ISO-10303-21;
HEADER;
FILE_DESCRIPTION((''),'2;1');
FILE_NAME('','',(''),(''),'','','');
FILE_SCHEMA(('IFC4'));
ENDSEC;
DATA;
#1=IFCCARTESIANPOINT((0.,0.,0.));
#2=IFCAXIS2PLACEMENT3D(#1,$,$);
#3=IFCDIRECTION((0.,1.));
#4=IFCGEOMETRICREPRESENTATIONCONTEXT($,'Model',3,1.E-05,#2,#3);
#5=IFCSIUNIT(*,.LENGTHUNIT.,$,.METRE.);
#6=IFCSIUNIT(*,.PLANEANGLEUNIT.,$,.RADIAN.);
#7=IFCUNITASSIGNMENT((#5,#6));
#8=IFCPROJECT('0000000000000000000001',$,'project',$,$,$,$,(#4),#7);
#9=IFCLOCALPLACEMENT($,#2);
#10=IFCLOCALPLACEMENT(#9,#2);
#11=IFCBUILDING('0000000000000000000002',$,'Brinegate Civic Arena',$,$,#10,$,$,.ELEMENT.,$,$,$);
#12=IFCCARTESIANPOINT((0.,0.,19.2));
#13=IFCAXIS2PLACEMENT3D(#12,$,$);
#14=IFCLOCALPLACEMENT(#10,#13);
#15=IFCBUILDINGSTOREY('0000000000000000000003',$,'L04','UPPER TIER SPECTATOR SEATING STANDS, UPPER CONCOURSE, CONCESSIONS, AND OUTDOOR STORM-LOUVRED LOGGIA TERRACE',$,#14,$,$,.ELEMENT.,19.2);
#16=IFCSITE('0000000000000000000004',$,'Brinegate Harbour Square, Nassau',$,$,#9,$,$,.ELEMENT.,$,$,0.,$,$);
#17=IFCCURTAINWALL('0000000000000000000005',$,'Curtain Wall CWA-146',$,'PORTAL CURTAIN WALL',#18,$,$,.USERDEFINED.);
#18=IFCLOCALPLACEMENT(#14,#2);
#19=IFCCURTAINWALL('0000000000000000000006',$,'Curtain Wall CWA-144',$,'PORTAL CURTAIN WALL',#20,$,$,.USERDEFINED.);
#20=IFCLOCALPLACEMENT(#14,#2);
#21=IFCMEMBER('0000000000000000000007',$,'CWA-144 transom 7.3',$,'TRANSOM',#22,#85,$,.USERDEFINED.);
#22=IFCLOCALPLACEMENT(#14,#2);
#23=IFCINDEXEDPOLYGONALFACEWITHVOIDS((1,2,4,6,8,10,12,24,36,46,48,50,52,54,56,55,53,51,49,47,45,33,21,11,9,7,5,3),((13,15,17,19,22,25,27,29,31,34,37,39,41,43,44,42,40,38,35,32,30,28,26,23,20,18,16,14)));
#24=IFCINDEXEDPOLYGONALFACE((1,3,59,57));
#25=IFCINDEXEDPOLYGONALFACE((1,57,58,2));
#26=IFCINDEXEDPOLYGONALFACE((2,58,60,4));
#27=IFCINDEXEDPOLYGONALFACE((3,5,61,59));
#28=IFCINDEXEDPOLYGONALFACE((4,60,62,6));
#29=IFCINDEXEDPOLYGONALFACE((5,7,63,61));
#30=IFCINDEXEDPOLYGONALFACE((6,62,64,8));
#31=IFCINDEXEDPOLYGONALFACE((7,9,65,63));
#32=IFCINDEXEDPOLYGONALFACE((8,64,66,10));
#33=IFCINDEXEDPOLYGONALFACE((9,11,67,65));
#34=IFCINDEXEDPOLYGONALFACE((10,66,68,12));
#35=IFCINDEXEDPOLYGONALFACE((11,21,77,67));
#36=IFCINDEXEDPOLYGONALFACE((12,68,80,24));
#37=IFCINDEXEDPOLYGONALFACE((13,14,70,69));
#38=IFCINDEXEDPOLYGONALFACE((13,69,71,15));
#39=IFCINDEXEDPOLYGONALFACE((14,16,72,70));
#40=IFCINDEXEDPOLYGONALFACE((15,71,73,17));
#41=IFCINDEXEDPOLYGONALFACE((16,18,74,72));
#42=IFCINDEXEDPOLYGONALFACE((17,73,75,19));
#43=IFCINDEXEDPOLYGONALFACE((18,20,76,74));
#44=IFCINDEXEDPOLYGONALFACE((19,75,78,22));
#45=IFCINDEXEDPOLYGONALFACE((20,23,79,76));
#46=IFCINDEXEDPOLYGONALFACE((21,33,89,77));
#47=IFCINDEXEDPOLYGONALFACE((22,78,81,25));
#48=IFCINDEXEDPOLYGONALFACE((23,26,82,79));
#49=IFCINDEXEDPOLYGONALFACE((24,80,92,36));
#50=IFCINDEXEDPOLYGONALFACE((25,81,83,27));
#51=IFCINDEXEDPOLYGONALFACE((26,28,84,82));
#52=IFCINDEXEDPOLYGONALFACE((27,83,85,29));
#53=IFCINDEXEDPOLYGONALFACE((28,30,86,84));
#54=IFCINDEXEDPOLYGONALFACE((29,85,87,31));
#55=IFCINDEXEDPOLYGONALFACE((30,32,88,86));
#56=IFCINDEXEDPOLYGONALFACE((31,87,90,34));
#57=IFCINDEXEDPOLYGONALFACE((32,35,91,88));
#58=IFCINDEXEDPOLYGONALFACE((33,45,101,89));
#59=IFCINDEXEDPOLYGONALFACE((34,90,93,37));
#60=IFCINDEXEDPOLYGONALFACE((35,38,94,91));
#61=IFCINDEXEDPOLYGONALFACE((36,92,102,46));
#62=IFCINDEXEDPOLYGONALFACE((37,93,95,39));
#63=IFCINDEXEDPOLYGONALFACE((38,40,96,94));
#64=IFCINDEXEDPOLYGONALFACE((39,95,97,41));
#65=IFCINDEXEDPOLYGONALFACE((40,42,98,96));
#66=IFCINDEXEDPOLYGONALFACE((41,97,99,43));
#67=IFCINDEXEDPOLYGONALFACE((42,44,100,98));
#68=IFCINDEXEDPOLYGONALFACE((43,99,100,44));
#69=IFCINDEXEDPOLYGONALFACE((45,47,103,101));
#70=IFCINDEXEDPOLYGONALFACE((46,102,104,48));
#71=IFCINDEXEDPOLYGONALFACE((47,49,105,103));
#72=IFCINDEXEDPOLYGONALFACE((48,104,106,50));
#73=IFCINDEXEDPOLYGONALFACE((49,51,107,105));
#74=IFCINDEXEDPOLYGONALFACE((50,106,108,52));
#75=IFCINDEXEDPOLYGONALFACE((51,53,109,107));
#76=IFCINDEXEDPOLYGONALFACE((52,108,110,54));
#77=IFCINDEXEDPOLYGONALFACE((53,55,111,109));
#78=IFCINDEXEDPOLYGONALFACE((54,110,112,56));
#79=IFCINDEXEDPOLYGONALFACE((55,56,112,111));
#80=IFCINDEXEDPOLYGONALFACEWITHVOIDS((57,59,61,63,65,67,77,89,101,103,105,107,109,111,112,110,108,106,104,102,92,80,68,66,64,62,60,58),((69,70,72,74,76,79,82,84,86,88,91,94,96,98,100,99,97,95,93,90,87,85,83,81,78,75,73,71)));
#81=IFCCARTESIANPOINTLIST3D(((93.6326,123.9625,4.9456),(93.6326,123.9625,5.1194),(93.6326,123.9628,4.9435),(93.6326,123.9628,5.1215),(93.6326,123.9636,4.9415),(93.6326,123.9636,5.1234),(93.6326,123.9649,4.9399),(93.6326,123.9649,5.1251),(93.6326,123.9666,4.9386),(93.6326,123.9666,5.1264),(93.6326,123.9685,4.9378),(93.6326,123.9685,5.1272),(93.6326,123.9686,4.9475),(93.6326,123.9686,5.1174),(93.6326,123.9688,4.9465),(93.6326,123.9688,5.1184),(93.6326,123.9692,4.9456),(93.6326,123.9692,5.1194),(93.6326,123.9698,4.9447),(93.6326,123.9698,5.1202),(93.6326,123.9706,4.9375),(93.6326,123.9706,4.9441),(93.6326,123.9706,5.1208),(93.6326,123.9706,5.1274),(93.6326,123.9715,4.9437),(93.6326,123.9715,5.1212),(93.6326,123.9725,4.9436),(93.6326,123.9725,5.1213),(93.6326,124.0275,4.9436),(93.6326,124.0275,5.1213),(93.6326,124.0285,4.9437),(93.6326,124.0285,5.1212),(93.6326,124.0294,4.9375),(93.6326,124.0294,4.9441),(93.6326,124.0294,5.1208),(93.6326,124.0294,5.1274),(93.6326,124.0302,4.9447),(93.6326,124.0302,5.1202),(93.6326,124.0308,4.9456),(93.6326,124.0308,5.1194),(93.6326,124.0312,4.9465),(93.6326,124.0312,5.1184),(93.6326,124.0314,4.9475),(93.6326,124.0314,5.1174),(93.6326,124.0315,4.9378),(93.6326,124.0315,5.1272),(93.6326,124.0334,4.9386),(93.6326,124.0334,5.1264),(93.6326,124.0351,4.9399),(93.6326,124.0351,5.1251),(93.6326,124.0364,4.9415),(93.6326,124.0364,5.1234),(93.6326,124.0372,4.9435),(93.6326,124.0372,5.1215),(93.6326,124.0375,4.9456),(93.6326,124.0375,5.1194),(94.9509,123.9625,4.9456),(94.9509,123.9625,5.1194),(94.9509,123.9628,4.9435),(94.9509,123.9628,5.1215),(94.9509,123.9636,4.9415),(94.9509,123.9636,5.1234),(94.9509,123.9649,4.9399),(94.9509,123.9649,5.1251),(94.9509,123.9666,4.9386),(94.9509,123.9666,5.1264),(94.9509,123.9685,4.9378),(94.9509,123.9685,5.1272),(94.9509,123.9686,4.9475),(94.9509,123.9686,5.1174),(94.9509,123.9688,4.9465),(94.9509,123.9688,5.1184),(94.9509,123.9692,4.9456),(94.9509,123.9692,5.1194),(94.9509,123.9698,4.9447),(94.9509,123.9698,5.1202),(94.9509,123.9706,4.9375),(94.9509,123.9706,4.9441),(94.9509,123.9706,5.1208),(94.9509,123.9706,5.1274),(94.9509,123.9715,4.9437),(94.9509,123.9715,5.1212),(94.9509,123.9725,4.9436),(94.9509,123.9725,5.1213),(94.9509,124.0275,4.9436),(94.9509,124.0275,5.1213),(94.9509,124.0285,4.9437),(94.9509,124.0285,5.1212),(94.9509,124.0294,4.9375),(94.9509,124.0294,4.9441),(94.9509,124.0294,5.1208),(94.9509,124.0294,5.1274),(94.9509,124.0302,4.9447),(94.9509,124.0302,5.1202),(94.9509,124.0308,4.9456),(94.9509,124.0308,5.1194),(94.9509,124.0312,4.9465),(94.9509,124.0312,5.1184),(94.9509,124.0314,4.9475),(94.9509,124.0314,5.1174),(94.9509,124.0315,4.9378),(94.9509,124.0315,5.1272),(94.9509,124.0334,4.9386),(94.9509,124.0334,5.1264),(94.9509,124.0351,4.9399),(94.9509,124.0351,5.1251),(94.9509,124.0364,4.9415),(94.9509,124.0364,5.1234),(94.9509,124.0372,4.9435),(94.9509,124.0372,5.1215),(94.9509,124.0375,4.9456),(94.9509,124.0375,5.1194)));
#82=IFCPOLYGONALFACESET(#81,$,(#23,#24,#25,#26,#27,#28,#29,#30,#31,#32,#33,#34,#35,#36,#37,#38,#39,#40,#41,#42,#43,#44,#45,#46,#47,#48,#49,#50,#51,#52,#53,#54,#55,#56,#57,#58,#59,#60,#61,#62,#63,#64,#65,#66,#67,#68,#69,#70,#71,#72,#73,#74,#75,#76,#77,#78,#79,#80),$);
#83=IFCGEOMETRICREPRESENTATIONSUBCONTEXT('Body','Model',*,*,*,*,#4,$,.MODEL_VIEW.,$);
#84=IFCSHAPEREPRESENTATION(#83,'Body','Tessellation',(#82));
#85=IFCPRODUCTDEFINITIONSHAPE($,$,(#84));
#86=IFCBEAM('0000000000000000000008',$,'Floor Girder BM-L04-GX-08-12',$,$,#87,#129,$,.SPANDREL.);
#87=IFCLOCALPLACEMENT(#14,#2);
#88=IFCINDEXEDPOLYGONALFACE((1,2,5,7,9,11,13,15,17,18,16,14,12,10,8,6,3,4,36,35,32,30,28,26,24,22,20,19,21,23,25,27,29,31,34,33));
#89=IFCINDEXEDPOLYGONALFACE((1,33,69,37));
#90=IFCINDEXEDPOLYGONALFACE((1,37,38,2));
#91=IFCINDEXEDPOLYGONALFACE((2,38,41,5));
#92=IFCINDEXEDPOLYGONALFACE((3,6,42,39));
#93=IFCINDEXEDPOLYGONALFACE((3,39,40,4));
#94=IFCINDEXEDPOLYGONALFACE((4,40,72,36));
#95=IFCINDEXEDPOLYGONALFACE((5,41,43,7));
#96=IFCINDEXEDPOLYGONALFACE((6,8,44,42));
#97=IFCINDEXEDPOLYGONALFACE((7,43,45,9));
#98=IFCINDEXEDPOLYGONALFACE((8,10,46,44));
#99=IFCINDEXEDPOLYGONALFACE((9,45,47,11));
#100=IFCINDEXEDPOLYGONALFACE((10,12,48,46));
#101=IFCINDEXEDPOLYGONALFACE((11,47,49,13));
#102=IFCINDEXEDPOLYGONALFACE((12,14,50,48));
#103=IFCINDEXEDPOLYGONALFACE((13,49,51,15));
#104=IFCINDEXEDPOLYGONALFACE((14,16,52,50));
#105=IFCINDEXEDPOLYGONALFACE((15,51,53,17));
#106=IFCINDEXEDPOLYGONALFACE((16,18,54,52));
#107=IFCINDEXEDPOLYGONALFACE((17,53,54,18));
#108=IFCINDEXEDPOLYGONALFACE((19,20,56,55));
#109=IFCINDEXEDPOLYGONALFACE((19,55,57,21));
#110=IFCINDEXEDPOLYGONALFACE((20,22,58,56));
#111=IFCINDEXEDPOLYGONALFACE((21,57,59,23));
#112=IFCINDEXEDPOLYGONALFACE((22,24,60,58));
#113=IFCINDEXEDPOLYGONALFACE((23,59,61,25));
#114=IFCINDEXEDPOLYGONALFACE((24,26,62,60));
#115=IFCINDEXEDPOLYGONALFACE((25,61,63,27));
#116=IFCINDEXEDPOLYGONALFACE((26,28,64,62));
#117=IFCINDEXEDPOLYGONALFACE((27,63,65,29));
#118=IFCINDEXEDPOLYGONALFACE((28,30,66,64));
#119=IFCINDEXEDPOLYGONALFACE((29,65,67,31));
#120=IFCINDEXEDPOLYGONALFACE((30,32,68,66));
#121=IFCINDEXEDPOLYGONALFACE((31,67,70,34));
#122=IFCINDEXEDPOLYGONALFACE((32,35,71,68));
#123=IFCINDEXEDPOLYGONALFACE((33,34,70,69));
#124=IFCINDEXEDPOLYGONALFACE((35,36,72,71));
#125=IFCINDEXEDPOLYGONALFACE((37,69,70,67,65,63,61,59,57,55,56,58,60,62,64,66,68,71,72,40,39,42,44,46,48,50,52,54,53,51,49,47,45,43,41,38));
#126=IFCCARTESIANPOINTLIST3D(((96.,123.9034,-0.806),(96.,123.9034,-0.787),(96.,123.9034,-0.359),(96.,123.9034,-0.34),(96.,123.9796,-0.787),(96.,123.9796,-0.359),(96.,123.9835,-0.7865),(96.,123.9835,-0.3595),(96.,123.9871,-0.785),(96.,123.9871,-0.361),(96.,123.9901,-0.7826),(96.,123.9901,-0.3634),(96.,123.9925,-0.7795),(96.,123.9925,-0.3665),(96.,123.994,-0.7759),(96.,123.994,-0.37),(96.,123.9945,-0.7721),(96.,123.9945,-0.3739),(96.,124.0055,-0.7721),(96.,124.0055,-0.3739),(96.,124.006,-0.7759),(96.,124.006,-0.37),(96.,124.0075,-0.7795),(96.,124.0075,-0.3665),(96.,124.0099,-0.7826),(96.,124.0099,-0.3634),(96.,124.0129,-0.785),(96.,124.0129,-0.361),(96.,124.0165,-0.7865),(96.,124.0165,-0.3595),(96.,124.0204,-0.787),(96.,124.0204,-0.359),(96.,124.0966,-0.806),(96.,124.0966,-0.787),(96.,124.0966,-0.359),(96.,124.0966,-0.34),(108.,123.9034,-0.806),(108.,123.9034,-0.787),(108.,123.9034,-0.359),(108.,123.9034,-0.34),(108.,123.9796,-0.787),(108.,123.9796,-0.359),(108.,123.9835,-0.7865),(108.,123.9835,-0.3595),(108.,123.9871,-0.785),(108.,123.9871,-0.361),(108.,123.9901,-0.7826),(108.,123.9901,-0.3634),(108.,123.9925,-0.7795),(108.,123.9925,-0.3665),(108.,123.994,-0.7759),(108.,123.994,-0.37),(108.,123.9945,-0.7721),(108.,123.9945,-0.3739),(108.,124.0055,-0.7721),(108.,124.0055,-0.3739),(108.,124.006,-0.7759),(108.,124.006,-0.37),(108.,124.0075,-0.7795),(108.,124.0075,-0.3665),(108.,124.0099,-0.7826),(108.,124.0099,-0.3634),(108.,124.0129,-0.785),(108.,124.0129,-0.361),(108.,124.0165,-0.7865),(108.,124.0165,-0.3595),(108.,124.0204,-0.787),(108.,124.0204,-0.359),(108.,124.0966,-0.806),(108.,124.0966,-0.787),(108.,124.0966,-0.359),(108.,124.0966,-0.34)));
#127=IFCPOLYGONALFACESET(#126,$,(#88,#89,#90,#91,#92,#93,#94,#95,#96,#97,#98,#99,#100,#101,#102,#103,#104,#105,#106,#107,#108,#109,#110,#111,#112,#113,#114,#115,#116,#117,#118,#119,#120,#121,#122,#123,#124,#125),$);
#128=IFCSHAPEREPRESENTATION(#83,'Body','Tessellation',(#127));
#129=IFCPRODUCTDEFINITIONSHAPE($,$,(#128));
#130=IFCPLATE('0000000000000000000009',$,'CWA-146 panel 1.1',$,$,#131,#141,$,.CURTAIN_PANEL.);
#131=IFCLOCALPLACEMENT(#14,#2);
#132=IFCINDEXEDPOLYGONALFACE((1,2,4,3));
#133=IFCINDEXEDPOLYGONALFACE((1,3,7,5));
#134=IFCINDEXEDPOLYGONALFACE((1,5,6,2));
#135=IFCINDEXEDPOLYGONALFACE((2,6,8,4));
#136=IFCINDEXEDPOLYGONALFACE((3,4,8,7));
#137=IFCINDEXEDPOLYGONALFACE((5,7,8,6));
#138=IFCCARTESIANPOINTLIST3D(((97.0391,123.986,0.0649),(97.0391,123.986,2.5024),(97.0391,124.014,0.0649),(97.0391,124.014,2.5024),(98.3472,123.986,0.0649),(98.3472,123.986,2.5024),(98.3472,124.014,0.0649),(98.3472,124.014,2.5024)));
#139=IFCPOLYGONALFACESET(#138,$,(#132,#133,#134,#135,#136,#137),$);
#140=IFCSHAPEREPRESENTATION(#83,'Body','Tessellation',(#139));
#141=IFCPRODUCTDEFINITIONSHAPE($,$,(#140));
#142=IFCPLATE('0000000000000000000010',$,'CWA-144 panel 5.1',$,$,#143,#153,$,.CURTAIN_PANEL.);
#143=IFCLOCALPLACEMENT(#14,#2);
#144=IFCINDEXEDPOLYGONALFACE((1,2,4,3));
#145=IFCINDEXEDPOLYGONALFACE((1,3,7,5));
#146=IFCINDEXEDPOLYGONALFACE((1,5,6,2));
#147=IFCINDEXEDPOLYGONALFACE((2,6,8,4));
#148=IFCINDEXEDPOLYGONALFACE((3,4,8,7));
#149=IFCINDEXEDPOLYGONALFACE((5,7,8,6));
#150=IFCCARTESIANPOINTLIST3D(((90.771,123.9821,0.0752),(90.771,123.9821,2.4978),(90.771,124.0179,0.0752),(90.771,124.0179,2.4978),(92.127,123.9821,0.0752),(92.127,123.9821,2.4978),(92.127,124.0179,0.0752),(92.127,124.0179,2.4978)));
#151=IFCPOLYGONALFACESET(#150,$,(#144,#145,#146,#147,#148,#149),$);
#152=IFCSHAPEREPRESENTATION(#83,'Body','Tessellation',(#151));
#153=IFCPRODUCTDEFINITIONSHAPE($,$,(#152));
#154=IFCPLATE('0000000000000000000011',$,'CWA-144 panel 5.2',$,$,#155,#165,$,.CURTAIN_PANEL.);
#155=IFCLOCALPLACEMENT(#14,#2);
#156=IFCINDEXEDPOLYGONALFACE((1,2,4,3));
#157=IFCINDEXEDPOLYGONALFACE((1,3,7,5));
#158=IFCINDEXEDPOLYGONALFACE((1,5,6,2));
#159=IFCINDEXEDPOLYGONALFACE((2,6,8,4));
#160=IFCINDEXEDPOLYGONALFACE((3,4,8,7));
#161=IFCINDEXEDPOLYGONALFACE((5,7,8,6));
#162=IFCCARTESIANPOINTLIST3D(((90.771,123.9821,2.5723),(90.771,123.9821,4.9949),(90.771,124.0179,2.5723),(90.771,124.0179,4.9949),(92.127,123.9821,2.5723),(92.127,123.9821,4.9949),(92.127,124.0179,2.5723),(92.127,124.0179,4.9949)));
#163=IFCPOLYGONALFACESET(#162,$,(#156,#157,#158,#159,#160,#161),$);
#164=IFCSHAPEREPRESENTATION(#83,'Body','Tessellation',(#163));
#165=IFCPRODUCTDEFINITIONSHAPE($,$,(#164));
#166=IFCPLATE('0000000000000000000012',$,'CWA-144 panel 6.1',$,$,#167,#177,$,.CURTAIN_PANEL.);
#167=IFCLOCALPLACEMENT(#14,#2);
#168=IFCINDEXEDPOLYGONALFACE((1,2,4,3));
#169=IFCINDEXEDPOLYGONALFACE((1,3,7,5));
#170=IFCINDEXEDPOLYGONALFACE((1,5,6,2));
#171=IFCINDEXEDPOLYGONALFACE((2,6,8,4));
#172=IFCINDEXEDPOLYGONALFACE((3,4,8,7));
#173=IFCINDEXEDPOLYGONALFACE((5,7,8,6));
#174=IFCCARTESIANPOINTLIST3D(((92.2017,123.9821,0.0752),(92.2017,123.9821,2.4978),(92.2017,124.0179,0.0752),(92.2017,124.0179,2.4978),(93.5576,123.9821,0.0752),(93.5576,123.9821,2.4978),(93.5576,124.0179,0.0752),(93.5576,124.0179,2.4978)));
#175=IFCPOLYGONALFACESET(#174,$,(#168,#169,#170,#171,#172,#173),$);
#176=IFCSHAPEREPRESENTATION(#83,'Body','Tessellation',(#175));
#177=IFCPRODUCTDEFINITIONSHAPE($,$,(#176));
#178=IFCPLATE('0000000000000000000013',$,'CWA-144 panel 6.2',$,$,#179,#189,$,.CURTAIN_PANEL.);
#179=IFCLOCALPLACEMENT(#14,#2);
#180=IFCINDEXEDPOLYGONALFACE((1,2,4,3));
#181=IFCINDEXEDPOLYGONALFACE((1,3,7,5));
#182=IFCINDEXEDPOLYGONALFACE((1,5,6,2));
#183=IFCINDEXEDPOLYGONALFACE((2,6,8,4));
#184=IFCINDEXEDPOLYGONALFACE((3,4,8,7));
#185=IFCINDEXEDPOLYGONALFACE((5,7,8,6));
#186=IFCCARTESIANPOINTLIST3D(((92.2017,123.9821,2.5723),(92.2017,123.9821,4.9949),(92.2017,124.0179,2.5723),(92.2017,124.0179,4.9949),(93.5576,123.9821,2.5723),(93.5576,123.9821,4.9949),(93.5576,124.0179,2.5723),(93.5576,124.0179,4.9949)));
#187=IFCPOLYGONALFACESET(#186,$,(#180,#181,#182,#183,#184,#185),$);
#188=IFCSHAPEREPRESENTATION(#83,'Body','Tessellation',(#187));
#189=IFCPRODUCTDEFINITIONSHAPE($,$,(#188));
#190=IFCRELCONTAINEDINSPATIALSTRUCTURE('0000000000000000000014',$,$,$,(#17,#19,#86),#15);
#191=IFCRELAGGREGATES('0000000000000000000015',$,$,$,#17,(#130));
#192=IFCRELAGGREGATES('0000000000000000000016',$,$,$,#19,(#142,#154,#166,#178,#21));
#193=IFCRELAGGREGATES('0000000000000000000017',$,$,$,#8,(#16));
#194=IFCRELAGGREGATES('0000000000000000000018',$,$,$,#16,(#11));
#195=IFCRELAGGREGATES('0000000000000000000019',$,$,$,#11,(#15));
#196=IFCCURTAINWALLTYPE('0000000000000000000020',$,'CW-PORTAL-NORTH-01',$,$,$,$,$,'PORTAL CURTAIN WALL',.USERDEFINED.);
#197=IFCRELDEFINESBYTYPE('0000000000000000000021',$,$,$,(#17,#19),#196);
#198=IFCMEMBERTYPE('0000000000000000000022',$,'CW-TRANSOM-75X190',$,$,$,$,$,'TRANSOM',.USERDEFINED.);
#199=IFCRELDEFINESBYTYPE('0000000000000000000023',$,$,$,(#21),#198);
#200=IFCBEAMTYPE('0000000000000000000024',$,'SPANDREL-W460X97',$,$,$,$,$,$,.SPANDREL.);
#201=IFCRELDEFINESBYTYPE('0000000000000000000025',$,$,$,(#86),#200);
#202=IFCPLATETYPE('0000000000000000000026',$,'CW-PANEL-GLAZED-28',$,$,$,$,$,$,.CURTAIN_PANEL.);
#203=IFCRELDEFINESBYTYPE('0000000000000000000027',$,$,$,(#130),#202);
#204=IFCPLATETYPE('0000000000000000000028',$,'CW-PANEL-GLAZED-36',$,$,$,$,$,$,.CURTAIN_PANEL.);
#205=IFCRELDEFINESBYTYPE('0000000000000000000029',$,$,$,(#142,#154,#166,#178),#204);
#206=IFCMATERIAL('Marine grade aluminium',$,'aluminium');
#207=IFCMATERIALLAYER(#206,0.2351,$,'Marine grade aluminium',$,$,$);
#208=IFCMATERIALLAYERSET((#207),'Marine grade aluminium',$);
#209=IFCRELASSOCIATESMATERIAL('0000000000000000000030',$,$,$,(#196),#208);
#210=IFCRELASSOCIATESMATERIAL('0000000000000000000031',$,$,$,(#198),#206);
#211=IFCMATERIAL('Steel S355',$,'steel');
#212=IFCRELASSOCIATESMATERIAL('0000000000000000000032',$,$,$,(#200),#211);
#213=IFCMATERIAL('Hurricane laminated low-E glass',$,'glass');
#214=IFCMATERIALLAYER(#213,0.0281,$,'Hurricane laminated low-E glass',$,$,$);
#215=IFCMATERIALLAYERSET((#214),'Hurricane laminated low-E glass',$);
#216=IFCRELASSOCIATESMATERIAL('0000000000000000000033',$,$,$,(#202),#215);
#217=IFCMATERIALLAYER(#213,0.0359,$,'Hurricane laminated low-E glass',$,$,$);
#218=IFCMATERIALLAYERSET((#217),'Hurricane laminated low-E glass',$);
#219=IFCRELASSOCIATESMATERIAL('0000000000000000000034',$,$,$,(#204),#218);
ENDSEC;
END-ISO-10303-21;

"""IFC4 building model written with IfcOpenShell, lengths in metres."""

from ifc_helpers import new_model, si_unit, direction, frame, origin, origin_2d, place, context, subcontext, project, spatial, rectangle, hollow_rectangle, i_section, extrude, material, layer, layer_set, material_profile, profile_set, type_object, element, aggregate, save


model = new_model("IFC4")

# Units and contexts
model_context = context("Model", 3, precision=1e-05, world=origin(), true_north=direction((0.0, 1.0)))
body_context = subcontext(model_context, "Body", "Model", "MODEL_VIEW")
ifc_project = project(units=[si_unit("LENGTHUNIT", "METRE"), si_unit("PLANEANGLEUNIT", "RADIAN")], contexts=[model_context])

# Site, building, storey
site_placement = place(None, origin())
site = spatial("IfcSite", under=ifc_project, at=site_placement, Name="Brinegate Harbour Square, Nassau", CompositionType="ELEMENT", RefElevation=0.0)
building_placement = place(site_placement, origin())
building = spatial("IfcBuilding", under=site, at=building_placement, Name="Brinegate Civic Arena", CompositionType="ELEMENT")
storey_placement = place(building_placement, frame((0.0, 0.0, 19.2)))
storey = spatial("IfcBuildingStorey", under=building, at=storey_placement, Name="L04", Description="UPPER TIER SPECTATOR SEATING STANDS, UPPER CONCOURSE, CONCESSIONS, AND OUTDOOR STORM-LOUVRED LOGGIA TERRACE", CompositionType="ELEMENT", Elevation=19.2)

# Curtain wall
ifc_material_1 = material(Name="Marine grade aluminium", Category="aluminium")
ifc_layer_1 = layer(ifc_material_1, 0.2351, Name="Marine grade aluminium")
ifc_layer_set_1 = layer_set([ifc_layer_1], Name="Marine grade aluminium")
curtain_wall_type = type_object("IfcCurtainWallType", Name="CW-PORTAL-NORTH-01", ElementType="PORTAL CURTAIN WALL", PredefinedType="USERDEFINED", material=ifc_layer_set_1)
curtain_wall_1_placement = place(storey_placement, origin())
curtain_wall_1 = element("IfcCurtainWall", 1, at=curtain_wall_1_placement, inside=storey, type_object=curtain_wall_type, Name="Curtain Wall CWA-146", ObjectType="PORTAL CURTAIN WALL", PredefinedType="USERDEFINED")

# Curtain wall
curtain_wall_2_placement = place(storey_placement, origin())
curtain_wall_2 = element("IfcCurtainWall", 2, at=curtain_wall_2_placement, inside=storey, type_object=curtain_wall_type, Name="Curtain Wall CWA-144", ObjectType="PORTAL CURTAIN WALL", PredefinedType="USERDEFINED")

# Member
ifc_material_profile_1 = material_profile(ifc_material_1, hollow_rectangle(XDim=0.075, YDim=0.1899, WallThickness=0.0061, InnerFilletRadius=0.0039, OuterFilletRadius=0.0081, at=origin_2d()), Name="TRN75X190")
ifc_profile_set_1 = profile_set([ifc_material_profile_1], Name="Marine grade aluminium")
member_type_1 = type_object("IfcMemberType", Name="CW-TRANSOM-75X190", ElementType="TRANSOM", PredefinedType="USERDEFINED", material=ifc_profile_set_1)
member_1_placement = place(storey_placement, frame((93.6326, 124.0, 5.0325), z_axis=(1.0, 0.0, 0.0), x_axis=(0.0, 1.0, 0.0)))
member_1 = element("IfcMember", 3, at=member_1_placement, type_object=member_type_1, Name="CWA-144 transom 7.3", ObjectType="TRANSOM", PredefinedType="USERDEFINED", context=body_context, shape_type="SweptSolid", body=[
    extrude(hollow_rectangle(XDim=0.075, YDim=0.1899, WallThickness=0.0061, InnerFilletRadius=0.0039, OuterFilletRadius=0.0081, at=origin_2d()), origin(), (0.0, 0.0, 1.0), 1.3184),
])

# Beam
ifc_material_2 = material(Name="Steel S355", Category="steel")
ifc_material_profile_2 = material_profile(ifc_material_2, i_section(OverallWidth=0.1931, OverallDepth=0.4661, WebThickness=0.011, FlangeThickness=0.019, FilletRadius=0.0149, at=origin_2d()), Name="W460X97")
ifc_profile_set_2 = profile_set([ifc_material_profile_2], Name="Steel S355")
beam_type = type_object("IfcBeamType", Name="SPANDREL-W460X97", PredefinedType="SPANDREL", material=ifc_profile_set_2)
beam_placement = place(storey_placement, frame((96.0, 124.0, -0.573), z_axis=(1.0, 0.0, 0.0), x_axis=(0.0, 1.0, 0.0)))
element("IfcBeam", 4, at=beam_placement, inside=storey, type_object=beam_type, Name="Floor Girder BM-L04-GX-08-12", PredefinedType="SPANDREL", context=body_context, shape_type="SweptSolid", body=[
    extrude(i_section(OverallWidth=0.1931, OverallDepth=0.4661, WebThickness=0.011, FlangeThickness=0.019, FilletRadius=0.0149, at=origin_2d()), origin(), (0.0, 0.0, 1.0), 12.0),
])

# Plates
ifc_material_3 = material(Name="Hurricane laminated low-E glass", Category="glass")
ifc_layer_2 = layer(ifc_material_3, 0.0281, Name="Hurricane laminated low-E glass")
ifc_layer_set_2 = layer_set([ifc_layer_2], Name="Hurricane laminated low-E glass")
plate_type_1 = type_object("IfcPlateType", Name="CW-PANEL-GLAZED-28", PredefinedType="CURTAIN_PANEL", material=ifc_layer_set_2)
plate_1_placement = place(storey_placement, frame((97.6931, 124.0, 0.0649), z_axis=(0.0, 0.0, 1.0), x_axis=(1.0, 0.0, 0.0)))
plate_1 = element("IfcPlate", 5, at=plate_1_placement, type_object=plate_type_1, Name="CWA-146 panel 1.1", PredefinedType="CURTAIN_PANEL", context=body_context, shape_type="SweptSolid", body=[
    extrude(rectangle(XDim=1.3081, YDim=0.0281, at=origin_2d()), origin(), (0.0, 0.0, 1.0), 2.4375),
])
aggregate(curtain_wall_1, [plate_1])
ifc_layer_3 = layer(ifc_material_3, 0.0359, Name="Hurricane laminated low-E glass")
ifc_layer_set_3 = layer_set([ifc_layer_3], Name="Hurricane laminated low-E glass")
plate_type_2 = type_object("IfcPlateType", Name="CW-PANEL-GLAZED-36", PredefinedType="CURTAIN_PANEL", material=ifc_layer_set_3)
plate_2_placement = place(storey_placement, frame((91.449, 124.0, 0.0752), z_axis=(0.0, 0.0, 1.0), x_axis=(1.0, 0.0, 0.0)))
plate_2 = element("IfcPlate", 6, at=plate_2_placement, type_object=plate_type_2, Name="CWA-144 panel 5.1", PredefinedType="CURTAIN_PANEL", context=body_context, shape_type="SweptSolid", body=[
    extrude(rectangle(XDim=1.356, YDim=0.0359, at=origin_2d()), origin(), (0.0, 0.0, 1.0), 2.4226),
])
plate_3_placement = place(storey_placement, frame((91.449, 124.0, 2.5723), z_axis=(0.0, 0.0, 1.0), x_axis=(1.0, 0.0, 0.0)))
plate_3 = element("IfcPlate", 7, at=plate_3_placement, type_object=plate_type_2, Name="CWA-144 panel 5.2", PredefinedType="CURTAIN_PANEL", context=body_context, shape_type="SweptSolid", body=[
    extrude(rectangle(XDim=1.356, YDim=0.0359, at=origin_2d()), origin(), (0.0, 0.0, 1.0), 2.4226),
])
plate_4_placement = place(storey_placement, frame((92.8796, 124.0, 0.0752), z_axis=(0.0, 0.0, 1.0), x_axis=(1.0, 0.0, 0.0)))
plate_4 = element("IfcPlate", 8, at=plate_4_placement, type_object=plate_type_2, Name="CWA-144 panel 6.1", PredefinedType="CURTAIN_PANEL", context=body_context, shape_type="SweptSolid", body=[
    extrude(rectangle(XDim=1.356, YDim=0.0359, at=origin_2d()), origin(), (0.0, 0.0, 1.0), 2.4226),
])
plate_5_placement = place(storey_placement, frame((92.8796, 124.0, 2.5723), z_axis=(0.0, 0.0, 1.0), x_axis=(1.0, 0.0, 0.0)))
plate_5 = element("IfcPlate", 9, at=plate_5_placement, type_object=plate_type_2, Name="CWA-144 panel 6.2", PredefinedType="CURTAIN_PANEL", context=body_context, shape_type="SweptSolid", body=[
    extrude(rectangle(XDim=1.356, YDim=0.0359, at=origin_2d()), origin(), (0.0, 0.0, 1.0), 2.4226),
])
aggregate(curtain_wall_2, [plate_2, plate_3, plate_4, plate_5, member_1])

save(model, "model.ifc")
